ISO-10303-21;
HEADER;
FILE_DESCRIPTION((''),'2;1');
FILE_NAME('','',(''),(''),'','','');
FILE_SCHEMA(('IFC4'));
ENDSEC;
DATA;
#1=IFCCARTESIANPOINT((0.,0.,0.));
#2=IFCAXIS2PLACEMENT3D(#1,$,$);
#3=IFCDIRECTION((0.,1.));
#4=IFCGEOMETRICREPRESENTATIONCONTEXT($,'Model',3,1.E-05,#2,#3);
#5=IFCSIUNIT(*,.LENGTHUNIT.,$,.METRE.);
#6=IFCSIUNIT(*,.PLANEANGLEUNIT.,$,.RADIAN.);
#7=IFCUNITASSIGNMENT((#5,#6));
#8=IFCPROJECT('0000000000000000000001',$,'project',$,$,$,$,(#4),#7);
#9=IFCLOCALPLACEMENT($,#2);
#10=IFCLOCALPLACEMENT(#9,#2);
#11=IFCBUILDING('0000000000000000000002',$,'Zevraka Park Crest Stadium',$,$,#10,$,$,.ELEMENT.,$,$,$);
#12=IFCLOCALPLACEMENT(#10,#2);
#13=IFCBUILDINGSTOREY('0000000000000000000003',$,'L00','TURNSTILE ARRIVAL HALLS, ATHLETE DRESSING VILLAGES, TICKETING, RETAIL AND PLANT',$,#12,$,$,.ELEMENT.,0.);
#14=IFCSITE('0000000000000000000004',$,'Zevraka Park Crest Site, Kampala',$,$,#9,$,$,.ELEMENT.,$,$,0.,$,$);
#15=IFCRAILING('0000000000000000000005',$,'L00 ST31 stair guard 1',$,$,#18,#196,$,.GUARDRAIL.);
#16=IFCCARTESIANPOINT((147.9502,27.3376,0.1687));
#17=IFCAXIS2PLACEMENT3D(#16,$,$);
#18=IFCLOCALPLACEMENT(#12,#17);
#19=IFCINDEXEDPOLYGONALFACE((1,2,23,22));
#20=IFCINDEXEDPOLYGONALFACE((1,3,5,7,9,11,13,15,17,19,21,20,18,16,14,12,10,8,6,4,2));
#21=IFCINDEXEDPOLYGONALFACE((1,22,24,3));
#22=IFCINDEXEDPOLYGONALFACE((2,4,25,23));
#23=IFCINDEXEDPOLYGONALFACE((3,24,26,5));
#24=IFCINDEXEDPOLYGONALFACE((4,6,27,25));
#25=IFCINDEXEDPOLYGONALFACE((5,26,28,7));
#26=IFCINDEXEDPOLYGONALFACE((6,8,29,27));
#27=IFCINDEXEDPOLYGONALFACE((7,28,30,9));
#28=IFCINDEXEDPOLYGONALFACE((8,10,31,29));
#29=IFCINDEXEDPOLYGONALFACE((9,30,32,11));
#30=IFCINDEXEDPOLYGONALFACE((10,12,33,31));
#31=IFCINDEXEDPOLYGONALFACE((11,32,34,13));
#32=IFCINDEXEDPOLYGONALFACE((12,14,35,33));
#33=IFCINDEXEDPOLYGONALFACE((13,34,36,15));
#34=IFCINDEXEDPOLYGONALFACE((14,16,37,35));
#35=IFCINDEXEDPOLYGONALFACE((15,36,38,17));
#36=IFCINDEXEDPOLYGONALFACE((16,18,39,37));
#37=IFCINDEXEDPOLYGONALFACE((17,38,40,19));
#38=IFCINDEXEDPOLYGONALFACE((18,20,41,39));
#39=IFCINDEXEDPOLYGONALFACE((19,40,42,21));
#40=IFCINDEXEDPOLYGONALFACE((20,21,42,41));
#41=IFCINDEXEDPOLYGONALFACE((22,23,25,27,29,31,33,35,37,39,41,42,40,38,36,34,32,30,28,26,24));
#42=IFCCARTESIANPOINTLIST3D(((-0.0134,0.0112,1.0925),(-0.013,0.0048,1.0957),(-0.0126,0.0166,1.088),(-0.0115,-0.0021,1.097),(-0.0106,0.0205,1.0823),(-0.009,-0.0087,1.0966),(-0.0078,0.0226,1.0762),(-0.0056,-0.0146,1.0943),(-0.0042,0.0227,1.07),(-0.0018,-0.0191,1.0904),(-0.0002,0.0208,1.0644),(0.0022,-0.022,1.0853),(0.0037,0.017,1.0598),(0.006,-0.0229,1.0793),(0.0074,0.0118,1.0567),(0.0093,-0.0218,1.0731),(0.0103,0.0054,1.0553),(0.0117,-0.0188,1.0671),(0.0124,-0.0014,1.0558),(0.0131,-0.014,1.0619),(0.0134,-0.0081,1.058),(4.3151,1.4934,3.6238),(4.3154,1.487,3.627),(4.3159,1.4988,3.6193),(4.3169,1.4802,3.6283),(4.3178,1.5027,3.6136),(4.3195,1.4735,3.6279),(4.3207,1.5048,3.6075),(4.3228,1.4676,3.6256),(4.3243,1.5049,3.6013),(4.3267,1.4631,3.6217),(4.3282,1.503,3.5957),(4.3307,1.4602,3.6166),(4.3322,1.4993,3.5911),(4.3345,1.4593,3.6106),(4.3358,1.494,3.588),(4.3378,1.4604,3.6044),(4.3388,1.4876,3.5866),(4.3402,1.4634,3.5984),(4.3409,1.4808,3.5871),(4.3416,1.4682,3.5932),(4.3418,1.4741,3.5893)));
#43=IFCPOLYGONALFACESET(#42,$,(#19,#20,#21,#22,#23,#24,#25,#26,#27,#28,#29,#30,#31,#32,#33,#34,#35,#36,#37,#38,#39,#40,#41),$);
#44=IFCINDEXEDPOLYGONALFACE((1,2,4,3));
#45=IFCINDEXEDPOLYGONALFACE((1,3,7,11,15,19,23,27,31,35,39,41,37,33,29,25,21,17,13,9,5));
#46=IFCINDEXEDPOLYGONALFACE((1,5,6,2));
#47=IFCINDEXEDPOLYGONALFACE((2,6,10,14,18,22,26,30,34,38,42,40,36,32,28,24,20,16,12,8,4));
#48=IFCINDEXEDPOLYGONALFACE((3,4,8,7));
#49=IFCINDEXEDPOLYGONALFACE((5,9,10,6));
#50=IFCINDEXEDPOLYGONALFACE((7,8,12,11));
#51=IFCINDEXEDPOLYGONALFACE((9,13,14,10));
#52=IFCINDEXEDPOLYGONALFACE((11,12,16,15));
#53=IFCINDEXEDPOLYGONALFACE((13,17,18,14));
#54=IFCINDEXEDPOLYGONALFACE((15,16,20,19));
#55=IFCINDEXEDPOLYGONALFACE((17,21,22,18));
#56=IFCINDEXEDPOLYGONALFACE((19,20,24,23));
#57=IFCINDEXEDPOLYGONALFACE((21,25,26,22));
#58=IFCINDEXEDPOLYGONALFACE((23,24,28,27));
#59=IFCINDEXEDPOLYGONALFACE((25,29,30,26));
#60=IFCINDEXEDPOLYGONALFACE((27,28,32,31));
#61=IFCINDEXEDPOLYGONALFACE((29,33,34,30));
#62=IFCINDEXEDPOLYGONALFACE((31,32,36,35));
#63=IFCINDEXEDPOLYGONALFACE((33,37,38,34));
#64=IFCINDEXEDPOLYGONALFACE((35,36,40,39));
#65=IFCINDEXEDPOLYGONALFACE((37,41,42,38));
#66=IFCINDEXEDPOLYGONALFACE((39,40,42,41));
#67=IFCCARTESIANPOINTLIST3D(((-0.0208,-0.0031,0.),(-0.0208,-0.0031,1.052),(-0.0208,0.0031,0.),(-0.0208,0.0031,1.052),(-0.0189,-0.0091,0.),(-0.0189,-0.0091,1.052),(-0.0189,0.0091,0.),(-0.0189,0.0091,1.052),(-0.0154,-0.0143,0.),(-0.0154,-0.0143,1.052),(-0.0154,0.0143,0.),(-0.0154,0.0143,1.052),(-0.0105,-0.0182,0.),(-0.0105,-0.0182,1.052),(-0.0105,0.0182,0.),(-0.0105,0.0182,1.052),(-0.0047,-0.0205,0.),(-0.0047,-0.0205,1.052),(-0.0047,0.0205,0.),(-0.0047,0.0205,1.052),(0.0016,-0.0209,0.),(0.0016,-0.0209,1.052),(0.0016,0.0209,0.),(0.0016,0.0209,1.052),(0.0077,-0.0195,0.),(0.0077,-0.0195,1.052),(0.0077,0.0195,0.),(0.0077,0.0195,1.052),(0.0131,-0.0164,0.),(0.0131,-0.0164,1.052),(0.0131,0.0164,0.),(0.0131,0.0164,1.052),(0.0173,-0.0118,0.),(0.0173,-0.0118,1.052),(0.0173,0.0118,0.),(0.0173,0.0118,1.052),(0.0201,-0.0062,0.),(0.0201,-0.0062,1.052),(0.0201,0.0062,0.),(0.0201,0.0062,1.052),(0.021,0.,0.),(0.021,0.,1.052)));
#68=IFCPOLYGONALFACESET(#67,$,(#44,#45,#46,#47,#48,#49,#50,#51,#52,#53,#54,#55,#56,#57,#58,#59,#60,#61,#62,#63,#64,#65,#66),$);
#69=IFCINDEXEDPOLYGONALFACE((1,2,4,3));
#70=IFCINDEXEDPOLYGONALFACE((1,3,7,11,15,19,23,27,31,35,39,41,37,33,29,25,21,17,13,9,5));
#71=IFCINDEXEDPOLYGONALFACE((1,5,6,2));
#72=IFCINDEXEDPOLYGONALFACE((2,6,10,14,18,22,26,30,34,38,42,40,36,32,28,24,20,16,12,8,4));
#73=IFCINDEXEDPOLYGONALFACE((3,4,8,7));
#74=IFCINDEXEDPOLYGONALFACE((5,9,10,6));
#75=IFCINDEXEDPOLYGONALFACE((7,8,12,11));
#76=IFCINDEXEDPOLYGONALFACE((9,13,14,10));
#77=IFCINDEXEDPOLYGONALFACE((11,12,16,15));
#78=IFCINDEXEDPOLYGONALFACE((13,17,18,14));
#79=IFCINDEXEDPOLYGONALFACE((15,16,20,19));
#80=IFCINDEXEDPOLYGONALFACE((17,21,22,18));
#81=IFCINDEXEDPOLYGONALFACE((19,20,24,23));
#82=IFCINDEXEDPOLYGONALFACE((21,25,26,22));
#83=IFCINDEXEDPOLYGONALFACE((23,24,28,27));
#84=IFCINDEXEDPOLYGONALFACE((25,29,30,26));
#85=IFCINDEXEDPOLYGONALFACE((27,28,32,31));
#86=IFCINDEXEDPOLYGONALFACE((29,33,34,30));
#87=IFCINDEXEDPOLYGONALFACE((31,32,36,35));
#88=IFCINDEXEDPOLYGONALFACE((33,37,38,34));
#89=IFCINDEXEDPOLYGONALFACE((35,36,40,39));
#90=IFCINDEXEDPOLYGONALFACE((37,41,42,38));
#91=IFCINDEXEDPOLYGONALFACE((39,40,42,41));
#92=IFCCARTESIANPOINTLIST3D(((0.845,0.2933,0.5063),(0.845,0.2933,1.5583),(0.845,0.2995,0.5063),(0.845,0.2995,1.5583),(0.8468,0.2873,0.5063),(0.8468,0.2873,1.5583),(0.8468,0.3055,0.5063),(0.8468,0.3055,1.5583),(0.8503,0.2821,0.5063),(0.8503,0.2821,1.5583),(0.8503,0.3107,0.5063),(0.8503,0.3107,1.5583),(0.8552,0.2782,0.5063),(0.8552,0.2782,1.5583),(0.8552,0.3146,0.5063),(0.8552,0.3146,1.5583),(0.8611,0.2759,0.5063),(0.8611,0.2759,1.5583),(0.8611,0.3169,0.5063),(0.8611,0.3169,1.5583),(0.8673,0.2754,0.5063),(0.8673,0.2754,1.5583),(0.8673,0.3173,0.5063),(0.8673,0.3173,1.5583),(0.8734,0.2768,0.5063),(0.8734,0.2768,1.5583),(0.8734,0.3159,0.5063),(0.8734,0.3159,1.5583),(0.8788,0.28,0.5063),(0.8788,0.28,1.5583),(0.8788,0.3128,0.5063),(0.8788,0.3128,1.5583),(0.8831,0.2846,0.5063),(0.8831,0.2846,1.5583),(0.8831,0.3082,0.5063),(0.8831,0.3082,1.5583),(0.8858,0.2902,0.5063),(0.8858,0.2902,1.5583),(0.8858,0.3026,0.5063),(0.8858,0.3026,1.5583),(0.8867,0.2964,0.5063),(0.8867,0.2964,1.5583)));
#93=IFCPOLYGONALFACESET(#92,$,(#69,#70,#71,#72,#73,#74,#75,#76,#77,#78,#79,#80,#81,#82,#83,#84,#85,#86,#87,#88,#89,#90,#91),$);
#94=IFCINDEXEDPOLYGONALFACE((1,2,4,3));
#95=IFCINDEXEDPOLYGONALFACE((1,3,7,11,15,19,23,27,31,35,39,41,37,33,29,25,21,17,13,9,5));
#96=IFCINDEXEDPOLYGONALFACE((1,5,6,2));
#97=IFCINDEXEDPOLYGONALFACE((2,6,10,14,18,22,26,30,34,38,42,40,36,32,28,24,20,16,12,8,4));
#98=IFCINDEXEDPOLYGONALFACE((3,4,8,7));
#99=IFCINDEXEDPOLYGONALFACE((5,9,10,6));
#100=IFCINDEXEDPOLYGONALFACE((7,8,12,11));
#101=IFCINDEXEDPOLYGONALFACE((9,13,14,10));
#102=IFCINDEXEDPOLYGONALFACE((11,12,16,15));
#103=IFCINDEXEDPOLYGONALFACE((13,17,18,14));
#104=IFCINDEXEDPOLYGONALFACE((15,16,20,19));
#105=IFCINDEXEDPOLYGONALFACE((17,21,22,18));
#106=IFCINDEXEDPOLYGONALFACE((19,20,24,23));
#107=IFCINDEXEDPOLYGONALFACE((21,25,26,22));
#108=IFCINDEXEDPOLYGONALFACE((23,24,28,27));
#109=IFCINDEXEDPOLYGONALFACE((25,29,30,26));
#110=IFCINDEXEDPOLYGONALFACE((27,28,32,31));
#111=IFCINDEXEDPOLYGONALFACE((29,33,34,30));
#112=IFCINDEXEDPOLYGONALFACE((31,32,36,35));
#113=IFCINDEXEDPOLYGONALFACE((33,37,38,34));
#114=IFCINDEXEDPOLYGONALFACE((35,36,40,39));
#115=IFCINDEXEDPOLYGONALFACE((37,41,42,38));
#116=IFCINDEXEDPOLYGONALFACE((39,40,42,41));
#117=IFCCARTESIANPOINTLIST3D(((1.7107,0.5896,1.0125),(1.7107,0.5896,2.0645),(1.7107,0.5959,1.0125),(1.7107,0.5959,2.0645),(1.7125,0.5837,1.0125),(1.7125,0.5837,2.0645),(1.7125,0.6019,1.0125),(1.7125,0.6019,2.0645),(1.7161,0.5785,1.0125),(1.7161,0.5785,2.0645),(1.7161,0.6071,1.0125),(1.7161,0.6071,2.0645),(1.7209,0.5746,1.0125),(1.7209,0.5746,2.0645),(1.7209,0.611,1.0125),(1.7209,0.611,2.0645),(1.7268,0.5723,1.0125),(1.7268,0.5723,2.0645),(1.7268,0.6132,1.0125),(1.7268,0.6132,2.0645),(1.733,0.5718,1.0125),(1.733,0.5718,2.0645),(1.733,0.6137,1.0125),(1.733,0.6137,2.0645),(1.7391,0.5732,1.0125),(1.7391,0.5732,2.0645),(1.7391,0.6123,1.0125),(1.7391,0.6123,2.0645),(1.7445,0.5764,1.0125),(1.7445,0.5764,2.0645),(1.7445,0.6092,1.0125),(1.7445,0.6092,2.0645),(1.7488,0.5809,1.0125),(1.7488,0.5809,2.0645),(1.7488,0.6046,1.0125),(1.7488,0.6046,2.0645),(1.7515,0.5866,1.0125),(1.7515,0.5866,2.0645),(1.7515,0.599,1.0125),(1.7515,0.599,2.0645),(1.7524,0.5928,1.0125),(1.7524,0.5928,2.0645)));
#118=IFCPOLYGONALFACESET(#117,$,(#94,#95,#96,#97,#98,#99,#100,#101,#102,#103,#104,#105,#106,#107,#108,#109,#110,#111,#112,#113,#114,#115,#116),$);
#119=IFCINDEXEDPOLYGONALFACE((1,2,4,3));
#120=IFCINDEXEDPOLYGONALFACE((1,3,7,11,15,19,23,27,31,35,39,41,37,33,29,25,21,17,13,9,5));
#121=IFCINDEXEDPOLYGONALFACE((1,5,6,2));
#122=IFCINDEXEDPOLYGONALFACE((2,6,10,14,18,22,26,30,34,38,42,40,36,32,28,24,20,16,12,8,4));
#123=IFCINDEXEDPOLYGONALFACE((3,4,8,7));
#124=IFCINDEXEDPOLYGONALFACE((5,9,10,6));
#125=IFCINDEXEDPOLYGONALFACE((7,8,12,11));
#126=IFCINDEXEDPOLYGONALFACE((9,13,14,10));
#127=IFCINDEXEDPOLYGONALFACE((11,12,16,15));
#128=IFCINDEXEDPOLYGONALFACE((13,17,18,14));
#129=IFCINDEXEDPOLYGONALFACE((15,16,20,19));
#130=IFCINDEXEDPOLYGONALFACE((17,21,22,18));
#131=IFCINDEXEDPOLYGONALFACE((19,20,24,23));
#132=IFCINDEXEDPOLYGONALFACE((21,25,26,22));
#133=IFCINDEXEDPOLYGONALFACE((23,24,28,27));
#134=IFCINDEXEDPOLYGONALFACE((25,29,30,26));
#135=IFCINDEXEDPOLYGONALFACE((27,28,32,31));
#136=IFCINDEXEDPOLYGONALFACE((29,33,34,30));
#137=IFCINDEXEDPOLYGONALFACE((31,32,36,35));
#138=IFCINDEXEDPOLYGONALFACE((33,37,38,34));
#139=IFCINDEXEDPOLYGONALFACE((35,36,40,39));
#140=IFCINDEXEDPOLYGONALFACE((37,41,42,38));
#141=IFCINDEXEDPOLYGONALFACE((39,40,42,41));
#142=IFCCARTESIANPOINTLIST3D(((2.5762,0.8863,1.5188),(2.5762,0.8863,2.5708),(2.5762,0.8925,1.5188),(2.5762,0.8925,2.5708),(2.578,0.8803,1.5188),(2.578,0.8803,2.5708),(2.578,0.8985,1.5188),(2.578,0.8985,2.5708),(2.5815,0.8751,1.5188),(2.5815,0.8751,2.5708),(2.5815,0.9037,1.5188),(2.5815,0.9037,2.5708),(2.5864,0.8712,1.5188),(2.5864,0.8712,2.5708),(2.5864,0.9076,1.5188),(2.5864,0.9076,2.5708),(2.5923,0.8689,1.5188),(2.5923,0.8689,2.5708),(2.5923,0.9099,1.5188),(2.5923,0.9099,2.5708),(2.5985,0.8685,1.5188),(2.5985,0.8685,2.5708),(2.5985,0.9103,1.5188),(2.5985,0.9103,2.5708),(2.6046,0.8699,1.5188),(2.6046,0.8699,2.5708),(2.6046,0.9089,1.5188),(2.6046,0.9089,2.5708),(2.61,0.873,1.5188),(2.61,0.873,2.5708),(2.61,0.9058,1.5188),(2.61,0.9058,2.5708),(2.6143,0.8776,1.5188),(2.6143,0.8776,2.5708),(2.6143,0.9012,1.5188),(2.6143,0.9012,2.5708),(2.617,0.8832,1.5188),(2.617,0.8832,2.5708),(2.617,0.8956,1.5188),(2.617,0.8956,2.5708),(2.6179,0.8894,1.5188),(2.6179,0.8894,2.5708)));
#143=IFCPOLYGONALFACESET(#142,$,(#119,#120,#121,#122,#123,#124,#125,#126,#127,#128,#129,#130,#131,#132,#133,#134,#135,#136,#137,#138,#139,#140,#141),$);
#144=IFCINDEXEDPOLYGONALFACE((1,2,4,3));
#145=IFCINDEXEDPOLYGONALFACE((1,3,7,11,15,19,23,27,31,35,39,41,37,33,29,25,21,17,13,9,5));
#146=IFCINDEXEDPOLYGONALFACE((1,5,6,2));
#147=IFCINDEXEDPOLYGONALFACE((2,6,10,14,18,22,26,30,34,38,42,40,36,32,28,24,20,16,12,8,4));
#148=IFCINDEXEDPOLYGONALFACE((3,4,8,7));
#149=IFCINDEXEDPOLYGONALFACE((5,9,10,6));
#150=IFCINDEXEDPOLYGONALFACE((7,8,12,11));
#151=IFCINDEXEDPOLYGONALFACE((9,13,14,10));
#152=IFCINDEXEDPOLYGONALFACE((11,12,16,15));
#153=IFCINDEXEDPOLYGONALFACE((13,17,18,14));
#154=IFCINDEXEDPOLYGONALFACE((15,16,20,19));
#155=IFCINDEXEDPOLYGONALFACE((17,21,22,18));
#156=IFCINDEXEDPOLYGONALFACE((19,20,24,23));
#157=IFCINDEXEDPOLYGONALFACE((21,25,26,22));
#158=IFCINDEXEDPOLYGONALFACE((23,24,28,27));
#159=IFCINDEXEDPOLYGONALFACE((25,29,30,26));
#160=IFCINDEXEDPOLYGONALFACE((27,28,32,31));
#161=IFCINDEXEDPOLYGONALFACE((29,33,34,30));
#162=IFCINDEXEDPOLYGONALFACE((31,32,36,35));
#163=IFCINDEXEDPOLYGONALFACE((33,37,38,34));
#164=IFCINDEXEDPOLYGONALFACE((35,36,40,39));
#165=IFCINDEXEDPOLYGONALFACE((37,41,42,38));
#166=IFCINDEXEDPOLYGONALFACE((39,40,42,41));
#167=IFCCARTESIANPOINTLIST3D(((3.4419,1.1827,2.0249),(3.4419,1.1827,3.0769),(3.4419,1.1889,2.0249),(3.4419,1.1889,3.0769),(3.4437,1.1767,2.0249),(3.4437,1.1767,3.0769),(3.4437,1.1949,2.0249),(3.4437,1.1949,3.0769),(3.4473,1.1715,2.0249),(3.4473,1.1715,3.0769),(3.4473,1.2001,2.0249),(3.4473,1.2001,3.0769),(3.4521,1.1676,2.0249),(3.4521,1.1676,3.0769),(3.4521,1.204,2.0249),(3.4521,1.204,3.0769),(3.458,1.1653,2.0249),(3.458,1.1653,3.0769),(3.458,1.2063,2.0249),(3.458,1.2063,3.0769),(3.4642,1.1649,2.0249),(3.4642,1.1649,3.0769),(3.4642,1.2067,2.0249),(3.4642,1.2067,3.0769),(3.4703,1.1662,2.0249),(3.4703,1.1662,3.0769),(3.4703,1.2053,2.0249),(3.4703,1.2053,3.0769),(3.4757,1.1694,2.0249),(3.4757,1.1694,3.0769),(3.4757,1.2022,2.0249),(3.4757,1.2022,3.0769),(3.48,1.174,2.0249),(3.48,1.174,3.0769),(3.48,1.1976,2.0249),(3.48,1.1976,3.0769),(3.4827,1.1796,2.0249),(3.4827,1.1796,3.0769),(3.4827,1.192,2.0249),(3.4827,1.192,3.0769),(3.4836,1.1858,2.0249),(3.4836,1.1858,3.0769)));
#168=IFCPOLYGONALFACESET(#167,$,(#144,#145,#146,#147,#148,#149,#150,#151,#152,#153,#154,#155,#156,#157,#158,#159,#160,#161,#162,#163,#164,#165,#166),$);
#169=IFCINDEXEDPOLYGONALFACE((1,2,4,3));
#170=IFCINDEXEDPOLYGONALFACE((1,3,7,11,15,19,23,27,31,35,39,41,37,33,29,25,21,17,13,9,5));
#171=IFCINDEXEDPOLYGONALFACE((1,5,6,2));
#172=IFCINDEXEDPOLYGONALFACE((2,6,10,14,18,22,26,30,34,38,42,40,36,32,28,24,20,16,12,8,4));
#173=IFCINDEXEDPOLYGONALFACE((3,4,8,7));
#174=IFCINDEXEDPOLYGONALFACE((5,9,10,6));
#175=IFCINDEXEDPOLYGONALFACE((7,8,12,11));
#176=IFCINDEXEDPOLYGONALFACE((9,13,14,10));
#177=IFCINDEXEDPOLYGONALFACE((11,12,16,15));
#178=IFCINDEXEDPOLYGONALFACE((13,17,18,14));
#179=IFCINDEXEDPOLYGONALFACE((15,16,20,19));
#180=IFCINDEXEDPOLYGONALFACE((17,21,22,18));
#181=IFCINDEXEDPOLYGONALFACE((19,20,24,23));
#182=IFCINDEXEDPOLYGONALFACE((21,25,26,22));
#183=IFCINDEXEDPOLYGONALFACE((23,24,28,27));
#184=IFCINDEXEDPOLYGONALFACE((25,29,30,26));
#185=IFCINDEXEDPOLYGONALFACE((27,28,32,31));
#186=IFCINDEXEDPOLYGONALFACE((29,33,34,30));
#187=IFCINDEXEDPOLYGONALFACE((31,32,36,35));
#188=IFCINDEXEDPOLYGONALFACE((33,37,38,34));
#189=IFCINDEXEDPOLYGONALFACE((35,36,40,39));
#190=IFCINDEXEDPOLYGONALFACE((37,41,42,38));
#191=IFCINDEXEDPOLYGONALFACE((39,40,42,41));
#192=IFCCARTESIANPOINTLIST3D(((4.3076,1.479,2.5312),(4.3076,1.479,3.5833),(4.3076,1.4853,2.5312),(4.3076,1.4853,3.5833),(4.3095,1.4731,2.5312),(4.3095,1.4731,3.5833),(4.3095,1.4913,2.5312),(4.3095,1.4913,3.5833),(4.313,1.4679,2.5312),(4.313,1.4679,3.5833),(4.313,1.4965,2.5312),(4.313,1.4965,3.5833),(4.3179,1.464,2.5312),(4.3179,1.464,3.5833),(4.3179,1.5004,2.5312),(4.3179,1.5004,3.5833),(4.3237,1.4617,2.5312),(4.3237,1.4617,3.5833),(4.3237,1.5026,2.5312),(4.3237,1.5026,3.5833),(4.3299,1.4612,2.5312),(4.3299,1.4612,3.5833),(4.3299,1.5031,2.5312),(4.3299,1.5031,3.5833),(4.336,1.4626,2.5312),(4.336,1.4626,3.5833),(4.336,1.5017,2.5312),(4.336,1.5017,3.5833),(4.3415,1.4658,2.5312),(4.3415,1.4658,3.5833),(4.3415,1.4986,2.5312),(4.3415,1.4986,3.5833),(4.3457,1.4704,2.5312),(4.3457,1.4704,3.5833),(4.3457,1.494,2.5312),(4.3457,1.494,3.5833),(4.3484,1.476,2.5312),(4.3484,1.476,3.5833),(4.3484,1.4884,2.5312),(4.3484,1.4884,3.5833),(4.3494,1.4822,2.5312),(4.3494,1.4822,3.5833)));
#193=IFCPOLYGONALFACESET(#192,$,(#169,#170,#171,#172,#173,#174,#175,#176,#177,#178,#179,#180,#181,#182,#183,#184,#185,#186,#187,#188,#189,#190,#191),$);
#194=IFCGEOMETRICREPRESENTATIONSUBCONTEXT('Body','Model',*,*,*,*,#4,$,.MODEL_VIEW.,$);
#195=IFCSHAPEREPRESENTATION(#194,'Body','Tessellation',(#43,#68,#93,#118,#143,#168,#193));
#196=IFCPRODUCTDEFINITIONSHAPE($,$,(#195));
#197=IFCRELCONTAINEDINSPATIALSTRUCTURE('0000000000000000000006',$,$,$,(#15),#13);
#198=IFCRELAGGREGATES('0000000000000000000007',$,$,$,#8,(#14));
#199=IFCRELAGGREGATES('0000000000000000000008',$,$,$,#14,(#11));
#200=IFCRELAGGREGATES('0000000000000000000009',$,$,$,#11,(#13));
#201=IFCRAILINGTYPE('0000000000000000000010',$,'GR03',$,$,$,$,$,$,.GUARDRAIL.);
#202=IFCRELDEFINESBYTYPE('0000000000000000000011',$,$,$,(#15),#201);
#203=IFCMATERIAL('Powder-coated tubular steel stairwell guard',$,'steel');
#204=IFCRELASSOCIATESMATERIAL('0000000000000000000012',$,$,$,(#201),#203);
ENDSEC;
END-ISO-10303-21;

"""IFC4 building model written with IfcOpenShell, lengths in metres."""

from ifc_helpers import new_model, si_unit, direction, frame, origin, origin_2d, place, context, subcontext, project, spatial, circle, extrude, material, type_object, element, save


model = new_model("IFC4")

# Units and contexts
model_context = context("Model", 3, precision=1e-05, world=origin(), true_north=direction((0.0, 1.0)))
body_context = subcontext(model_context, "Body", "Model", "MODEL_VIEW")
ifc_project = project(units=[si_unit("LENGTHUNIT", "METRE"), si_unit("PLANEANGLEUNIT", "RADIAN")], contexts=[model_context])

# Site, building, storey
site_placement = place(None, origin())
site = spatial("IfcSite", under=ifc_project, at=site_placement, Name="Zevraka Park Crest Site, Kampala", CompositionType="ELEMENT", RefElevation=0.0)
building_placement = place(site_placement, origin())
building = spatial("IfcBuilding", under=site, at=building_placement, Name="Zevraka Park Crest Stadium", CompositionType="ELEMENT")
storey_placement = place(building_placement, origin())
storey = spatial("IfcBuildingStorey", under=building, at=storey_placement, Name="L00", Description="TURNSTILE ARRIVAL HALLS, ATHLETE DRESSING VILLAGES, TICKETING, RETAIL AND PLANT", CompositionType="ELEMENT", Elevation=0.0)

# Railing
ifc_material_1 = material(Name="Powder-coated tubular steel stairwell guard", Category="steel")
railing_type_1 = type_object("IfcRailingType", Name="GR03", PredefinedType="GUARDRAIL", material=ifc_material_1)
railing_1_placement = place(storey_placement, frame((147.9502, 27.3376, 0.1687)))
element("IfcRailing", 1, at=railing_1_placement, inside=storey, type_object=railing_type_1, Name="L00 ST31 stair guard 1", PredefinedType="GUARDRAIL", context=body_context, shape_type="SweptSolid", body=[
    extrude(circle(Radius=0.0239, at=origin_2d()), frame((0.0, 0.0, 1.0762), z_axis=(0.827817, 0.283472, 0.484111), x_axis=(-0.323965, 0.946069, 0.0)), (0.0, 0.0, 1.0), 5.2288),
    extrude(circle(Radius=0.021, at=origin_2d()), origin(), (0.0, 0.0, 1.0), 1.052),
    extrude(circle(Radius=0.021, at=origin_2d()), frame((0.8657, 0.2964, 0.5063)), (0.0, 0.0, 1.0), 1.052),
    extrude(circle(Radius=0.021, at=origin_2d()), frame((1.7314, 0.5928, 1.0125)), (0.0, 0.0, 1.0), 1.052),
    extrude(circle(Radius=0.021, at=origin_2d()), frame((2.5969, 0.8894, 1.5188)), (0.0, 0.0, 1.0), 1.052),
    extrude(circle(Radius=0.021, at=origin_2d()), frame((3.4626, 1.1858, 2.0249)), (0.0, 0.0, 1.0), 1.052),
    extrude(circle(Radius=0.021, at=origin_2d()), frame((4.3284, 1.4822, 2.5312)), (0.0, 0.0, 1.0), 1.052),
])

save(model, "model.ifc")
